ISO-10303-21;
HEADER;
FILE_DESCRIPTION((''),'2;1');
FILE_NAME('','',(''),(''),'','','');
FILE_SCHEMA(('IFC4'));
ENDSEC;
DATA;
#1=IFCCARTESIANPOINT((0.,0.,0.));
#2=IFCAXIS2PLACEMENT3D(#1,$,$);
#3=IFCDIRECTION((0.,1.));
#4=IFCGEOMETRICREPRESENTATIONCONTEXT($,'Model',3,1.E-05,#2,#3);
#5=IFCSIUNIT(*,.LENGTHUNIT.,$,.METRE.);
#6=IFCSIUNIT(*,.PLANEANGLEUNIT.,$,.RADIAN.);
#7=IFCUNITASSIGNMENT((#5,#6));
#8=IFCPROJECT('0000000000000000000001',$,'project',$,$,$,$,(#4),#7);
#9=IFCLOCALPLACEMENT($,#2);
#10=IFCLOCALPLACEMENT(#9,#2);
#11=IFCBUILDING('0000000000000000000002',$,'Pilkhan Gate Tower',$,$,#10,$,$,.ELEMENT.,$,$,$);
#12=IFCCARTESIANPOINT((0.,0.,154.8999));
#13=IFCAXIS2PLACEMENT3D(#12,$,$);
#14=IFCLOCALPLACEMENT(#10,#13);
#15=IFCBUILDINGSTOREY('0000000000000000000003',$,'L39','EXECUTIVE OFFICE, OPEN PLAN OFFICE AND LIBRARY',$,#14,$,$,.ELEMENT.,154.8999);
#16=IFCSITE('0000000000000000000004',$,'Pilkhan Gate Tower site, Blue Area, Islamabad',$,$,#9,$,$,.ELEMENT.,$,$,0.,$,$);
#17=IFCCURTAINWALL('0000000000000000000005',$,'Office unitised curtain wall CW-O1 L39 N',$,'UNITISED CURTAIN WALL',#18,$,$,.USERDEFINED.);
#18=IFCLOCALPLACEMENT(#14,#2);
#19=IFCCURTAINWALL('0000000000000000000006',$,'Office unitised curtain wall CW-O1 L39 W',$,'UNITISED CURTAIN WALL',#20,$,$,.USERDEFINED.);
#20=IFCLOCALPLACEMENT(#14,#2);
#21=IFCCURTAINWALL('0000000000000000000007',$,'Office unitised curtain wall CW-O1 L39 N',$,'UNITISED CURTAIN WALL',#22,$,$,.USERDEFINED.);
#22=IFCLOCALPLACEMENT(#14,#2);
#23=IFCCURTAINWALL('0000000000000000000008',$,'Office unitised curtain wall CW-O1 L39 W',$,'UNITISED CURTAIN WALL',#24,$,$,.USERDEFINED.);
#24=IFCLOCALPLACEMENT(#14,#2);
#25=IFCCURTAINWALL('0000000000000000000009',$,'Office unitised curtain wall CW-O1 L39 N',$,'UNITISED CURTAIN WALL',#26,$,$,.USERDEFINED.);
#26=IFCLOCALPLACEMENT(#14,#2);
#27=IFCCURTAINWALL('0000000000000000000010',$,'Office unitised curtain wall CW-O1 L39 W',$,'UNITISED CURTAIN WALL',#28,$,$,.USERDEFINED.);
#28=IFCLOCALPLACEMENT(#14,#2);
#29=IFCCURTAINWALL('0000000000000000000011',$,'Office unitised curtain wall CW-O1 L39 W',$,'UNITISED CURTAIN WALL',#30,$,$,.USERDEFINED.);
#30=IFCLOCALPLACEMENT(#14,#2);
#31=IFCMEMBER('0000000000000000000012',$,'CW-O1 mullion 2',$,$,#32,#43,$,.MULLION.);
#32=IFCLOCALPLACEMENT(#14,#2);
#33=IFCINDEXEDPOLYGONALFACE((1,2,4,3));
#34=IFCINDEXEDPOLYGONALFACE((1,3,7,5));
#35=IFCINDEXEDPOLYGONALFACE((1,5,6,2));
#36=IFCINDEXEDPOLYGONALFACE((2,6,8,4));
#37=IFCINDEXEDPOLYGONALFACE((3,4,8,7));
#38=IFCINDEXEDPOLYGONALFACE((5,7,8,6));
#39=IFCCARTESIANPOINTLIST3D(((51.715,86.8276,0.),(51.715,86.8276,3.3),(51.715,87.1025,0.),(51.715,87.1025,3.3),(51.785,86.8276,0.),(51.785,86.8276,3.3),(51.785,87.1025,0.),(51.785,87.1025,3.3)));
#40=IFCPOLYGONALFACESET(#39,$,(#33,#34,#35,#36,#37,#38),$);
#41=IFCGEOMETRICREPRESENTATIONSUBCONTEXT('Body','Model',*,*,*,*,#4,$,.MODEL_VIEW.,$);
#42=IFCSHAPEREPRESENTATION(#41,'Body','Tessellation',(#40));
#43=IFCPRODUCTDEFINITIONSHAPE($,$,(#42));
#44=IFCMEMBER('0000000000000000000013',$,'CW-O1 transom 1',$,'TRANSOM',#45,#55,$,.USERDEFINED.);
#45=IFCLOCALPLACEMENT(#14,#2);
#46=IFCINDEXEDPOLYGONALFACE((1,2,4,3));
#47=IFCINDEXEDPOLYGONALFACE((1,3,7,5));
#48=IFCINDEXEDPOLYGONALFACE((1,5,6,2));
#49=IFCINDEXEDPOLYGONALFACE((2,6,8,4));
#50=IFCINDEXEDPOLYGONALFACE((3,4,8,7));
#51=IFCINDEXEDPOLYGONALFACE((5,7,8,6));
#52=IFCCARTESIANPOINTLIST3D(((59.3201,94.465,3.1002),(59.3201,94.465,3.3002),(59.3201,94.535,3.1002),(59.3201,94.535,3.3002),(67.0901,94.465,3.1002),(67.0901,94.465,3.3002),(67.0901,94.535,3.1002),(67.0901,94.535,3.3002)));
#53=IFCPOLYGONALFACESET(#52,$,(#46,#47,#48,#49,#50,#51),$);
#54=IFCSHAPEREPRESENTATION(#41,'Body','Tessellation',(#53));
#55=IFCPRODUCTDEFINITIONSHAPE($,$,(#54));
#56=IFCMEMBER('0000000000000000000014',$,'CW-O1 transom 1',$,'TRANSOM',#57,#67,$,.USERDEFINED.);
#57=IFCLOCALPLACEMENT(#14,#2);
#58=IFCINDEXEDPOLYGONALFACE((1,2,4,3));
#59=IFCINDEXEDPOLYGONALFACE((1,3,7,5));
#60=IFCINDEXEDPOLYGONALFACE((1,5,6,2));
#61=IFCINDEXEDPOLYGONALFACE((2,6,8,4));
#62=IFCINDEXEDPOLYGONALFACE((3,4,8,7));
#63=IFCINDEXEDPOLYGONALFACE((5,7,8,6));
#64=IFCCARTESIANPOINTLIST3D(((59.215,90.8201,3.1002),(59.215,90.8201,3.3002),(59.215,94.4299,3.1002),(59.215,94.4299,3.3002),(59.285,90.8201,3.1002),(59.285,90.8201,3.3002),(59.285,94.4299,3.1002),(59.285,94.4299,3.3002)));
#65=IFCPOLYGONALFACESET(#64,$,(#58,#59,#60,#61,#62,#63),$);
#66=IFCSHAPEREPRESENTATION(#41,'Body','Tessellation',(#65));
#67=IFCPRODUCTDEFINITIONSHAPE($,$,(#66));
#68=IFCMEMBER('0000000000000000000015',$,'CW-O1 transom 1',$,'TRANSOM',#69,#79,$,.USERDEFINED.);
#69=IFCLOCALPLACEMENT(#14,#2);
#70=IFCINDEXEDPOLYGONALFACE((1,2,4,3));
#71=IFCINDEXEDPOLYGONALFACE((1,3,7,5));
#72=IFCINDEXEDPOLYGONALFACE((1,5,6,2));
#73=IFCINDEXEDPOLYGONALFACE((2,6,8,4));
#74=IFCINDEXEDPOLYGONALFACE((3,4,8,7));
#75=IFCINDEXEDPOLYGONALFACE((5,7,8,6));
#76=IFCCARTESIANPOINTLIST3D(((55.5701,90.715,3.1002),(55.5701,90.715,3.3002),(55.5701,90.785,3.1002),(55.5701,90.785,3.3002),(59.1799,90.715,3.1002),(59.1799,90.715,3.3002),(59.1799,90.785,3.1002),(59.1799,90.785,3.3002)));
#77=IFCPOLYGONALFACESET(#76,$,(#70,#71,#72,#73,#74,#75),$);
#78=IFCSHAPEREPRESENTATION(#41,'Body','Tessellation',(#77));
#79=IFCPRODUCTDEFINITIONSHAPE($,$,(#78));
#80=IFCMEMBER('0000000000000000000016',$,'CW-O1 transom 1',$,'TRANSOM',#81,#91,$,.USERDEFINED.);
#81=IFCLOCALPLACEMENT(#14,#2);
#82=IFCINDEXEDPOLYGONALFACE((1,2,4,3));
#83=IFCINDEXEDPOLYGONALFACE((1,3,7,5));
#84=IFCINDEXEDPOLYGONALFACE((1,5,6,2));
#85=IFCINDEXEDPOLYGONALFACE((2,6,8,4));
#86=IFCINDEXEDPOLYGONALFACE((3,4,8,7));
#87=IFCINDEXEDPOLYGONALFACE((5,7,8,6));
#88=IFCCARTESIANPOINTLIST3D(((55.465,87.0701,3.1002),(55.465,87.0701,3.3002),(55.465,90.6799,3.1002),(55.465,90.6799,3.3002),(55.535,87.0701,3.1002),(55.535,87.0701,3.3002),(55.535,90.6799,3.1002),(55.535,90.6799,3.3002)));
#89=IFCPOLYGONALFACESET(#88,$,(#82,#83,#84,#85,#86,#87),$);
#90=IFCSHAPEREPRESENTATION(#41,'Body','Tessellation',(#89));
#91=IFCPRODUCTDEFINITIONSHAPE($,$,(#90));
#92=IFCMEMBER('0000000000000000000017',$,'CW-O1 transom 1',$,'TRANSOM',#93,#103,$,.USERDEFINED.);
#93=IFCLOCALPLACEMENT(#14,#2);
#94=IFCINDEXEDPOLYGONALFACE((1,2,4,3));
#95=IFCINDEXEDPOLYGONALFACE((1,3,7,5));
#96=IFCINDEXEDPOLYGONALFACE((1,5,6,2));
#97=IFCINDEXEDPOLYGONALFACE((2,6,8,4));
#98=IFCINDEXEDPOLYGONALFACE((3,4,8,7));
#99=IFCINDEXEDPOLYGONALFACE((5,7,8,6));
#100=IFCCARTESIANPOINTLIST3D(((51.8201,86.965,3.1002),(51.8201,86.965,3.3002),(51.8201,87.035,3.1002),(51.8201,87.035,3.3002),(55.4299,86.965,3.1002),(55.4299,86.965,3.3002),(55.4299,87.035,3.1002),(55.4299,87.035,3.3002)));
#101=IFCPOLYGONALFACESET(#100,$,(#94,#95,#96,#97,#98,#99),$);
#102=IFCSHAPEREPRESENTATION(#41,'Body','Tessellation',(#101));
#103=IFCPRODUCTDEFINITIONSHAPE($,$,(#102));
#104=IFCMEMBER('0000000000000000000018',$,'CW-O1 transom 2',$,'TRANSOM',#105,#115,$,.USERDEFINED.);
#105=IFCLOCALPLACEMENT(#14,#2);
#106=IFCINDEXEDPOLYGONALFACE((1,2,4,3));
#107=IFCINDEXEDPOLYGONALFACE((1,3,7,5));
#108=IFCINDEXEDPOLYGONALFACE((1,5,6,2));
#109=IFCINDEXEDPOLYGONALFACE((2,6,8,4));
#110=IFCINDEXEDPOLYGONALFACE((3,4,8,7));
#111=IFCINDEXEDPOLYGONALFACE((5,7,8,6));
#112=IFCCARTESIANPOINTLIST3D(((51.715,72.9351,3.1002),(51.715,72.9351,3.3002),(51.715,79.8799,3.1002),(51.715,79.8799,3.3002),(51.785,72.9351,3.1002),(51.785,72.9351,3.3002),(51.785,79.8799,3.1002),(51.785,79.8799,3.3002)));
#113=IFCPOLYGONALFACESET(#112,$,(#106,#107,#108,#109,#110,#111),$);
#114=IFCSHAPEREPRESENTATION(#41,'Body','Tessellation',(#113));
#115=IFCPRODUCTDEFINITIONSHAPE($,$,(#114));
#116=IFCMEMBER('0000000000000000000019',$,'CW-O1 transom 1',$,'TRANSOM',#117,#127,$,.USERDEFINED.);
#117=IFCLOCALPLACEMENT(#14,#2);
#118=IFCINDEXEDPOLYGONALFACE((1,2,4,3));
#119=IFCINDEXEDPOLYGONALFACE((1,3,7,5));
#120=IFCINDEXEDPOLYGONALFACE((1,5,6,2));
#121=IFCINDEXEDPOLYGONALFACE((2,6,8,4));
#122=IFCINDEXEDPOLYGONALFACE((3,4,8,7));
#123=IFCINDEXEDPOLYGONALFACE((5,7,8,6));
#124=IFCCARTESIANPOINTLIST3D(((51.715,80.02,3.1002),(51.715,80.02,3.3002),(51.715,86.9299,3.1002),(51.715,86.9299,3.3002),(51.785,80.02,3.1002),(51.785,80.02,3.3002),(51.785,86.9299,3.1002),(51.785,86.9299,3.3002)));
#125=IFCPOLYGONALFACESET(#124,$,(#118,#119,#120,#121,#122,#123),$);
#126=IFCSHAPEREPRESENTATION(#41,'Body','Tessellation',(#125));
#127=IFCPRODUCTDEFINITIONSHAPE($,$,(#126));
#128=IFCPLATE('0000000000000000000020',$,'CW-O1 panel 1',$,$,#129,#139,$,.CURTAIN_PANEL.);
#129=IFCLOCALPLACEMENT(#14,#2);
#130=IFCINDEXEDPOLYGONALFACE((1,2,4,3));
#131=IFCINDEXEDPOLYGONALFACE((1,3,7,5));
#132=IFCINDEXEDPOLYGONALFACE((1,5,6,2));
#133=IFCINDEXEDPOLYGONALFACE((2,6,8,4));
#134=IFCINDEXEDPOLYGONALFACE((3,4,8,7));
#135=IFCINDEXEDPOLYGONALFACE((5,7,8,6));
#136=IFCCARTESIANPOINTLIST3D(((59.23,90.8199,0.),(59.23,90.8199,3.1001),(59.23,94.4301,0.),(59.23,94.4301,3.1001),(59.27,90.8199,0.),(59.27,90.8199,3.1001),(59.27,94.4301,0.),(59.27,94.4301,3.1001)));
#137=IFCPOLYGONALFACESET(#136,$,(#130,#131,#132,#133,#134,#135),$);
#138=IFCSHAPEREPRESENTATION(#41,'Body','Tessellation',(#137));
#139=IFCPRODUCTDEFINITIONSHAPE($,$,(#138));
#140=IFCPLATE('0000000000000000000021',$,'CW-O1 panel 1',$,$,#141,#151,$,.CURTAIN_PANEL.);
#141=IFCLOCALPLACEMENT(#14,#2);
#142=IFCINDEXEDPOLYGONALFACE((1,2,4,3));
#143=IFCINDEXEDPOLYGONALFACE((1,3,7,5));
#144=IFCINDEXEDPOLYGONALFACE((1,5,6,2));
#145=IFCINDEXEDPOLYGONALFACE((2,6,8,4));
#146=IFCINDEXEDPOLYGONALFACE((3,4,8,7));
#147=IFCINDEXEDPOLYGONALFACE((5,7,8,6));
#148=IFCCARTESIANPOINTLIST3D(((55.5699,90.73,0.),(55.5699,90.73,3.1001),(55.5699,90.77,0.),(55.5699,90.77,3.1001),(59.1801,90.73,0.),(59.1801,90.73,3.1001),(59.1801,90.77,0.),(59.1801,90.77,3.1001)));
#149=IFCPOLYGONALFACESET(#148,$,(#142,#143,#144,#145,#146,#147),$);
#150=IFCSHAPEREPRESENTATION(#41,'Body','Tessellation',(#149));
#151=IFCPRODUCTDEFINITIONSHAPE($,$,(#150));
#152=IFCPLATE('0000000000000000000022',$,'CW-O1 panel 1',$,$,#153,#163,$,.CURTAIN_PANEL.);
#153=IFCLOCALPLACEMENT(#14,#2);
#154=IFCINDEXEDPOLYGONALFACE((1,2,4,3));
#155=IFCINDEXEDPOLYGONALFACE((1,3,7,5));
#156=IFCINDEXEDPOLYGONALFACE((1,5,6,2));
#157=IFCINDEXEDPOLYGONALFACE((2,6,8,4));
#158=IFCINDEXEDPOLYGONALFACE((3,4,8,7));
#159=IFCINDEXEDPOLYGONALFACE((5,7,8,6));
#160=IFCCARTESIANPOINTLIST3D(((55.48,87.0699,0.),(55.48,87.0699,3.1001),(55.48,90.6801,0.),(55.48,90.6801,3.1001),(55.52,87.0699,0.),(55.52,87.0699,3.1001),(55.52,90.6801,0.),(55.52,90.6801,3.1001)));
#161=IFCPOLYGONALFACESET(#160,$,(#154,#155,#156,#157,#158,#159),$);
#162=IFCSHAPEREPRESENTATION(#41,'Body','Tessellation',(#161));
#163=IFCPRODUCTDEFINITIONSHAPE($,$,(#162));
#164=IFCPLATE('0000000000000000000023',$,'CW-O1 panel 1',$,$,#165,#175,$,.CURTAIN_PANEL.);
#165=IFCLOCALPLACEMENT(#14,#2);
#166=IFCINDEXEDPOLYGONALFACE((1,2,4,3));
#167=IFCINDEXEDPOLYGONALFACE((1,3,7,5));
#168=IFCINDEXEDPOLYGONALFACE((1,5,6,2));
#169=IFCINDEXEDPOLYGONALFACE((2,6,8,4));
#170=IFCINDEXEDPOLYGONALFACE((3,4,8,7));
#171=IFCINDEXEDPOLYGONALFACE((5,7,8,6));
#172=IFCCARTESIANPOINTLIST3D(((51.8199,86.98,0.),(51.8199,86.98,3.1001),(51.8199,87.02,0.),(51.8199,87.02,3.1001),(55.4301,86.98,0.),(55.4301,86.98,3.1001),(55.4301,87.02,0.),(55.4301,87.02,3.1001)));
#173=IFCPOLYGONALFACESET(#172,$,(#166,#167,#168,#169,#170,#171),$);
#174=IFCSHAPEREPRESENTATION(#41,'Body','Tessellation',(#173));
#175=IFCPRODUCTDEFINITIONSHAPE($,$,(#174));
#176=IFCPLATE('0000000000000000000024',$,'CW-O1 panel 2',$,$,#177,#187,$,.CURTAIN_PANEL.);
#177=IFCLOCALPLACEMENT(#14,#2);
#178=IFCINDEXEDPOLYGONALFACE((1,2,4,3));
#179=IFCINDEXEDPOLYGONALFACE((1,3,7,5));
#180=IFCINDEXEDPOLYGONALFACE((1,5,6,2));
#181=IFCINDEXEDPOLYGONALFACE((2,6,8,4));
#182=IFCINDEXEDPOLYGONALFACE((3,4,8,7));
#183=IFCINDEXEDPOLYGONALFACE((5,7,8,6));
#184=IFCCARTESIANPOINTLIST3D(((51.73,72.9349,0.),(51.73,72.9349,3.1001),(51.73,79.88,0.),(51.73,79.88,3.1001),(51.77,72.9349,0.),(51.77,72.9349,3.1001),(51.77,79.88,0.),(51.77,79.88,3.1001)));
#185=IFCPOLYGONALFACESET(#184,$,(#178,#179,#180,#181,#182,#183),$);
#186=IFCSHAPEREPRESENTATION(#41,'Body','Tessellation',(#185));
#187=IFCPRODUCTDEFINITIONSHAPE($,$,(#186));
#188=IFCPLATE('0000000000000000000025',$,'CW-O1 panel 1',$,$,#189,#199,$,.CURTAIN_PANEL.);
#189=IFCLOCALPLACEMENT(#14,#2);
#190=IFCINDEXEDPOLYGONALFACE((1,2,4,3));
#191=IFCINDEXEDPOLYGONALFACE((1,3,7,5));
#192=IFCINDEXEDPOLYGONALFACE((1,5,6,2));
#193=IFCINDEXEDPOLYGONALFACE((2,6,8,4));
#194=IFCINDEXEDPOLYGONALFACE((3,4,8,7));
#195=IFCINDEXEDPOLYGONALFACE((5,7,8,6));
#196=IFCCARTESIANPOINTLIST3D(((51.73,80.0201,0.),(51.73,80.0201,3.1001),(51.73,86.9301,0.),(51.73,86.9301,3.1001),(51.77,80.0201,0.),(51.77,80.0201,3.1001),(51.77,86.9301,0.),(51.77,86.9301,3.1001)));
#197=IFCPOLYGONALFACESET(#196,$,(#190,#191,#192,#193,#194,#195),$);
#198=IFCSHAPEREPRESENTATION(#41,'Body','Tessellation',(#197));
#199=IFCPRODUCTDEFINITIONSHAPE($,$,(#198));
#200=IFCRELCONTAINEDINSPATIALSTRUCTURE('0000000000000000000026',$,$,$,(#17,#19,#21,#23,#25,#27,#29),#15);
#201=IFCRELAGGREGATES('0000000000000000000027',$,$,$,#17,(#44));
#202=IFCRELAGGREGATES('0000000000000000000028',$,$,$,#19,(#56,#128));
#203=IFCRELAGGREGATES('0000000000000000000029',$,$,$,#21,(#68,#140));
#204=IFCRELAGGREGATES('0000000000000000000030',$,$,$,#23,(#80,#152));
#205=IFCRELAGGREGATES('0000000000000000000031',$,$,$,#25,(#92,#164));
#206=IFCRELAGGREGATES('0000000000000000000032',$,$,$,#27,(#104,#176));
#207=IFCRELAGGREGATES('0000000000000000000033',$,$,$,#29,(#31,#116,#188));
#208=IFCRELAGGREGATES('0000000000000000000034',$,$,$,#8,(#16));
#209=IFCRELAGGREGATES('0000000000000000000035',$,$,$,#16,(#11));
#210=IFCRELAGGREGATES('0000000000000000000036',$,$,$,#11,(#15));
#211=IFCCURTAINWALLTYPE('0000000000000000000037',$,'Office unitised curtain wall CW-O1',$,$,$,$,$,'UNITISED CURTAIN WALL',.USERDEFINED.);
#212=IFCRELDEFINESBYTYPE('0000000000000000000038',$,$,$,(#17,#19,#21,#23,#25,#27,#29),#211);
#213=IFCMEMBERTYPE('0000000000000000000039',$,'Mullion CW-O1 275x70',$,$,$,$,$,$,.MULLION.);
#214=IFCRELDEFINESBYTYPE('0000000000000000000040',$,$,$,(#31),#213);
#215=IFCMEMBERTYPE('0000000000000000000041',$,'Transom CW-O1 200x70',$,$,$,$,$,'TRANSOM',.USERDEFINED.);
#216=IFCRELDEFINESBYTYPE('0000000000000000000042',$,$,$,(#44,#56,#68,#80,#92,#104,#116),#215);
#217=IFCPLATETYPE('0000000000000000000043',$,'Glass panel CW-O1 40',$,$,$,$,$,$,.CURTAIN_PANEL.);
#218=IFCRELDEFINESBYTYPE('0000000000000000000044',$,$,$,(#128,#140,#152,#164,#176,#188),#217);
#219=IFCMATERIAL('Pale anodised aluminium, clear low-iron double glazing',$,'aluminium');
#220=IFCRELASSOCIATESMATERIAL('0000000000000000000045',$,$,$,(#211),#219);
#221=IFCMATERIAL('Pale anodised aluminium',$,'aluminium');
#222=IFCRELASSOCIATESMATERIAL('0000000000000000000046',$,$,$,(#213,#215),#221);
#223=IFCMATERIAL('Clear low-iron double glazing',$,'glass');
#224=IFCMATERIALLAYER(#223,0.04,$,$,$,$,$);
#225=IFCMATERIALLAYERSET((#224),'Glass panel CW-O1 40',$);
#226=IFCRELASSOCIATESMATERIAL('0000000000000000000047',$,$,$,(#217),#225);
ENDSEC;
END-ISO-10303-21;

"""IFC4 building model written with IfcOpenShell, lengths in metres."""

from ifc_helpers import new_model, si_unit, direction, frame, origin, origin_2d, place, context, subcontext, project, spatial, rectangle, extrude, material, layer, layer_set, material_profile, profile_set, type_object, element, aggregate, save


model = new_model("IFC4")

# Units and contexts
model_context = context("Model", 3, precision=1e-05, world=origin(), true_north=direction((0.0, 1.0)))
body_context = subcontext(model_context, "Body", "Model", "MODEL_VIEW")
ifc_project = project(units=[si_unit("LENGTHUNIT", "METRE"), si_unit("PLANEANGLEUNIT", "RADIAN")], contexts=[model_context])

# Site, building, storey
site_placement = place(None, origin())
site = spatial("IfcSite", under=ifc_project, at=site_placement, Name="Pilkhan Gate Tower site, Blue Area, Islamabad", CompositionType="ELEMENT", RefElevation=0.0)
building_placement = place(site_placement, origin())
building = spatial("IfcBuilding", under=site, at=building_placement, Name="Pilkhan Gate Tower", CompositionType="ELEMENT")
storey_placement = place(building_placement, frame((0.0, 0.0, 154.8999)))
storey = spatial("IfcBuildingStorey", under=building, at=storey_placement, Name="L39", Description="EXECUTIVE OFFICE, OPEN PLAN OFFICE AND LIBRARY", CompositionType="ELEMENT", Elevation=154.8999)

# Curtain wall
ifc_material_1 = material(Name="Pale anodised aluminium, clear low-iron double glazing", Category="aluminium")
curtain_wall_type = type_object("IfcCurtainWallType", Name="Office unitised curtain wall CW-O1", ElementType="UNITISED CURTAIN WALL", PredefinedType="USERDEFINED", material=ifc_material_1)
curtain_wall_1_placement = place(storey_placement, origin())
curtain_wall_1 = element("IfcCurtainWall", 1, at=curtain_wall_1_placement, inside=storey, type_object=curtain_wall_type, Name="Office unitised curtain wall CW-O1 L39 N", ObjectType="UNITISED CURTAIN WALL", PredefinedType="USERDEFINED")
ifc_material_2 = material(Name="Pale anodised aluminium", Category="aluminium")
ifc_material_profile_1 = material_profile(ifc_material_2, rectangle(XDim=0.0701, YDim=0.2749, at=origin_2d()), Name="Mullion 275x70")
ifc_profile_set_1 = profile_set([ifc_material_profile_1], Name="Pale anodised aluminium")
member_type_1 = type_object("IfcMemberType", Name="Mullion CW-O1 275x70", PredefinedType="MULLION", material=ifc_profile_set_1)

# Curtain walls
curtain_wall_2_placement = place(storey_placement, origin())
curtain_wall_2 = element("IfcCurtainWall", 2, at=curtain_wall_2_placement, inside=storey, type_object=curtain_wall_type, Name="Office unitised curtain wall CW-O1 L39 W", ObjectType="UNITISED CURTAIN WALL", PredefinedType="USERDEFINED")
curtain_wall_3_placement = place(storey_placement, origin())
curtain_wall_3 = element("IfcCurtainWall", 3, at=curtain_wall_3_placement, inside=storey, type_object=curtain_wall_type, Name="Office unitised curtain wall CW-O1 L39 N", ObjectType="UNITISED CURTAIN WALL", PredefinedType="USERDEFINED")
curtain_wall_4_placement = place(storey_placement, origin())
curtain_wall_4 = element("IfcCurtainWall", 4, at=curtain_wall_4_placement, inside=storey, type_object=curtain_wall_type, Name="Office unitised curtain wall CW-O1 L39 W", ObjectType="UNITISED CURTAIN WALL", PredefinedType="USERDEFINED")
curtain_wall_5_placement = place(storey_placement, origin())
curtain_wall_5 = element("IfcCurtainWall", 5, at=curtain_wall_5_placement, inside=storey, type_object=curtain_wall_type, Name="Office unitised curtain wall CW-O1 L39 N", ObjectType="UNITISED CURTAIN WALL", PredefinedType="USERDEFINED")

# Curtain wall
curtain_wall_6_placement = place(storey_placement, origin())
curtain_wall_6 = element("IfcCurtainWall", 6, at=curtain_wall_6_placement, inside=storey, type_object=curtain_wall_type, Name="Office unitised curtain wall CW-O1 L39 W", ObjectType="UNITISED CURTAIN WALL", PredefinedType="USERDEFINED")

# Curtain wall, member
curtain_wall_7_placement = place(storey_placement, origin())
curtain_wall_7 = element("IfcCurtainWall", 7, at=curtain_wall_7_placement, inside=storey, type_object=curtain_wall_type, Name="Office unitised curtain wall CW-O1 L39 W", ObjectType="UNITISED CURTAIN WALL", PredefinedType="USERDEFINED")
member_1_placement = place(storey_placement, frame((51.75, 86.9651, 0.0), z_axis=(0.0, 0.0, 1.0), x_axis=(-1.0, 0.0, 0.0)))
member_1 = element("IfcMember", 8, at=member_1_placement, type_object=member_type_1, Name="CW-O1 mullion 2", PredefinedType="MULLION", context=body_context, shape_type="SweptSolid", body=[
    extrude(rectangle(XDim=0.0701, YDim=0.2749, at=origin_2d()), origin(), (0.0, 0.0, 1.0), 3.3),
])

# Members
ifc_material_profile_2 = material_profile(ifc_material_2, rectangle(XDim=0.0701, YDim=0.2, at=origin_2d()), Name="Transom 200x70")
ifc_profile_set_2 = profile_set([ifc_material_profile_2], Name="Pale anodised aluminium")
member_type_2 = type_object("IfcMemberType", Name="Transom CW-O1 200x70", ElementType="TRANSOM", PredefinedType="USERDEFINED", material=ifc_profile_set_2)
member_2_placement = place(storey_placement, frame((59.3201, 94.5, 3.2002), z_axis=(1.0, 0.0, 0.0), x_axis=(0.0, 1.0, 0.0)))
member_2 = element("IfcMember", 9, at=member_2_placement, type_object=member_type_2, Name="CW-O1 transom 1", ObjectType="TRANSOM", PredefinedType="USERDEFINED", context=body_context, shape_type="SweptSolid", body=[
    extrude(rectangle(XDim=0.0701, YDim=0.2, at=origin_2d()), origin(), (0.0, 0.0, 1.0), 7.77),
])
aggregate(curtain_wall_1, [member_2])
member_3_placement = place(storey_placement, frame((59.25, 90.8201, 3.2002), z_axis=(0.0, 1.0, 0.0), x_axis=(-1.0, 0.0, 0.0)))
member_3 = element("IfcMember", 10, at=member_3_placement, type_object=member_type_2, Name="CW-O1 transom 1", ObjectType="TRANSOM", PredefinedType="USERDEFINED", context=body_context, shape_type="SweptSolid", body=[
    extrude(rectangle(XDim=0.0701, YDim=0.2, at=origin_2d()), origin(), (0.0, 0.0, 1.0), 3.6099),
])
member_4_placement = place(storey_placement, frame((55.5701, 90.75, 3.2002), z_axis=(1.0, 0.0, 0.0), x_axis=(0.0, 1.0, 0.0)))
member_4 = element("IfcMember", 11, at=member_4_placement, type_object=member_type_2, Name="CW-O1 transom 1", ObjectType="TRANSOM", PredefinedType="USERDEFINED", context=body_context, shape_type="SweptSolid", body=[
    extrude(rectangle(XDim=0.0701, YDim=0.2, at=origin_2d()), origin(), (0.0, 0.0, 1.0), 3.6099),
])
member_5_placement = place(storey_placement, frame((55.5, 87.0701, 3.2002), z_axis=(0.0, 1.0, 0.0), x_axis=(-1.0, 0.0, 0.0)))
member_5 = element("IfcMember", 12, at=member_5_placement, type_object=member_type_2, Name="CW-O1 transom 1", ObjectType="TRANSOM", PredefinedType="USERDEFINED", context=body_context, shape_type="SweptSolid", body=[
    extrude(rectangle(XDim=0.0701, YDim=0.2, at=origin_2d()), origin(), (0.0, 0.0, 1.0), 3.6099),
])
member_6_placement = place(storey_placement, frame((51.8201, 87.0, 3.2002), z_axis=(1.0, 0.0, 0.0), x_axis=(0.0, 1.0, 0.0)))
member_6 = element("IfcMember", 13, at=member_6_placement, type_object=member_type_2, Name="CW-O1 transom 1", ObjectType="TRANSOM", PredefinedType="USERDEFINED", context=body_context, shape_type="SweptSolid", body=[
    extrude(rectangle(XDim=0.0701, YDim=0.2, at=origin_2d()), origin(), (0.0, 0.0, 1.0), 3.6099),
])
member_7_placement = place(storey_placement, frame((51.75, 72.9351, 3.2002), z_axis=(0.0, 1.0, 0.0), x_axis=(-1.0, 0.0, 0.0)))
member_7 = element("IfcMember", 14, at=member_7_placement, type_object=member_type_2, Name="CW-O1 transom 2", ObjectType="TRANSOM", PredefinedType="USERDEFINED", context=body_context, shape_type="SweptSolid", body=[
    extrude(rectangle(XDim=0.0701, YDim=0.2, at=origin_2d()), origin(), (0.0, 0.0, 1.0), 6.9448),
])
member_8_placement = place(storey_placement, frame((51.75, 80.02, 3.2002), z_axis=(0.0, 1.0, 0.0), x_axis=(-1.0, 0.0, 0.0)))
member_8 = element("IfcMember", 15, at=member_8_placement, type_object=member_type_2, Name="CW-O1 transom 1", ObjectType="TRANSOM", PredefinedType="USERDEFINED", context=body_context, shape_type="SweptSolid", body=[
    extrude(rectangle(XDim=0.0701, YDim=0.2, at=origin_2d()), origin(), (0.0, 0.0, 1.0), 6.9099),
])

# Plates
ifc_material_3 = material(Name="Clear low-iron double glazing", Category="glass")
ifc_layer_1 = layer(ifc_material_3, 0.04)
ifc_layer_set_1 = layer_set([ifc_layer_1], Name="Glass panel CW-O1 40")
plate_type = type_object("IfcPlateType", Name="Glass panel CW-O1 40", PredefinedType="CURTAIN_PANEL", material=ifc_layer_set_1)
plate_1_placement = place(storey_placement, frame((59.25, 92.625, 0.0), z_axis=(0.0, 0.0, 1.0), x_axis=(0.0, 1.0, 0.0)))
plate_1 = element("IfcPlate", 16, at=plate_1_placement, type_object=plate_type, Name="CW-O1 panel 1", PredefinedType="CURTAIN_PANEL", context=body_context, shape_type="SweptSolid", body=[
    extrude(rectangle(XDim=3.6101, YDim=0.04, at=origin_2d()), origin(), (0.0, 0.0, 1.0), 3.1001),
])
aggregate(curtain_wall_2, [member_3, plate_1])
plate_2_placement = place(storey_placement, frame((57.375, 90.75, 0.0), z_axis=(0.0, 0.0, 1.0), x_axis=(1.0, 0.0, 0.0)))
plate_2 = element("IfcPlate", 17, at=plate_2_placement, type_object=plate_type, Name="CW-O1 panel 1", PredefinedType="CURTAIN_PANEL", context=body_context, shape_type="SweptSolid", body=[
    extrude(rectangle(XDim=3.6101, YDim=0.04, at=origin_2d()), origin(), (0.0, 0.0, 1.0), 3.1001),
])
aggregate(curtain_wall_3, [member_4, plate_2])
plate_3_placement = place(storey_placement, frame((55.5, 88.875, 0.0), z_axis=(0.0, 0.0, 1.0), x_axis=(0.0, 1.0, 0.0)))
plate_3 = element("IfcPlate", 18, at=plate_3_placement, type_object=plate_type, Name="CW-O1 panel 1", PredefinedType="CURTAIN_PANEL", context=body_context, shape_type="SweptSolid", body=[
    extrude(rectangle(XDim=3.6101, YDim=0.04, at=origin_2d()), origin(), (0.0, 0.0, 1.0), 3.1001),
])
aggregate(curtain_wall_4, [member_5, plate_3])
plate_4_placement = place(storey_placement, frame((53.625, 87.0, 0.0), z_axis=(0.0, 0.0, 1.0), x_axis=(1.0, 0.0, 0.0)))
plate_4 = element("IfcPlate", 19, at=plate_4_placement, type_object=plate_type, Name="CW-O1 panel 1", PredefinedType="CURTAIN_PANEL", context=body_context, shape_type="SweptSolid", body=[
    extrude(rectangle(XDim=3.6101, YDim=0.04, at=origin_2d()), origin(), (0.0, 0.0, 1.0), 3.1001),
])
aggregate(curtain_wall_5, [member_6, plate_4])
plate_5_placement = place(storey_placement, frame((51.75, 76.4075, 0.0), z_axis=(0.0, 0.0, 1.0), x_axis=(0.0, 1.0, 0.0)))
plate_5 = element("IfcPlate", 20, at=plate_5_placement, type_object=plate_type, Name="CW-O1 panel 2", PredefinedType="CURTAIN_PANEL", context=body_context, shape_type="SweptSolid", body=[
    extrude(rectangle(XDim=6.9451, YDim=0.04, at=origin_2d()), origin(), (0.0, 0.0, 1.0), 3.1001),
])
aggregate(curtain_wall_6, [member_7, plate_5])
plate_6_placement = place(storey_placement, frame((51.75, 83.4751, 0.0), z_axis=(0.0, 0.0, 1.0), x_axis=(0.0, 1.0, 0.0)))
plate_6 = element("IfcPlate", 21, at=plate_6_placement, type_object=plate_type, Name="CW-O1 panel 1", PredefinedType="CURTAIN_PANEL", context=body_context, shape_type="SweptSolid", body=[
    extrude(rectangle(XDim=6.9099, YDim=0.04, at=origin_2d()), origin(), (0.0, 0.0, 1.0), 3.1001),
])
aggregate(curtain_wall_7, [member_1, member_8, plate_6])

save(model, "model.ifc")
